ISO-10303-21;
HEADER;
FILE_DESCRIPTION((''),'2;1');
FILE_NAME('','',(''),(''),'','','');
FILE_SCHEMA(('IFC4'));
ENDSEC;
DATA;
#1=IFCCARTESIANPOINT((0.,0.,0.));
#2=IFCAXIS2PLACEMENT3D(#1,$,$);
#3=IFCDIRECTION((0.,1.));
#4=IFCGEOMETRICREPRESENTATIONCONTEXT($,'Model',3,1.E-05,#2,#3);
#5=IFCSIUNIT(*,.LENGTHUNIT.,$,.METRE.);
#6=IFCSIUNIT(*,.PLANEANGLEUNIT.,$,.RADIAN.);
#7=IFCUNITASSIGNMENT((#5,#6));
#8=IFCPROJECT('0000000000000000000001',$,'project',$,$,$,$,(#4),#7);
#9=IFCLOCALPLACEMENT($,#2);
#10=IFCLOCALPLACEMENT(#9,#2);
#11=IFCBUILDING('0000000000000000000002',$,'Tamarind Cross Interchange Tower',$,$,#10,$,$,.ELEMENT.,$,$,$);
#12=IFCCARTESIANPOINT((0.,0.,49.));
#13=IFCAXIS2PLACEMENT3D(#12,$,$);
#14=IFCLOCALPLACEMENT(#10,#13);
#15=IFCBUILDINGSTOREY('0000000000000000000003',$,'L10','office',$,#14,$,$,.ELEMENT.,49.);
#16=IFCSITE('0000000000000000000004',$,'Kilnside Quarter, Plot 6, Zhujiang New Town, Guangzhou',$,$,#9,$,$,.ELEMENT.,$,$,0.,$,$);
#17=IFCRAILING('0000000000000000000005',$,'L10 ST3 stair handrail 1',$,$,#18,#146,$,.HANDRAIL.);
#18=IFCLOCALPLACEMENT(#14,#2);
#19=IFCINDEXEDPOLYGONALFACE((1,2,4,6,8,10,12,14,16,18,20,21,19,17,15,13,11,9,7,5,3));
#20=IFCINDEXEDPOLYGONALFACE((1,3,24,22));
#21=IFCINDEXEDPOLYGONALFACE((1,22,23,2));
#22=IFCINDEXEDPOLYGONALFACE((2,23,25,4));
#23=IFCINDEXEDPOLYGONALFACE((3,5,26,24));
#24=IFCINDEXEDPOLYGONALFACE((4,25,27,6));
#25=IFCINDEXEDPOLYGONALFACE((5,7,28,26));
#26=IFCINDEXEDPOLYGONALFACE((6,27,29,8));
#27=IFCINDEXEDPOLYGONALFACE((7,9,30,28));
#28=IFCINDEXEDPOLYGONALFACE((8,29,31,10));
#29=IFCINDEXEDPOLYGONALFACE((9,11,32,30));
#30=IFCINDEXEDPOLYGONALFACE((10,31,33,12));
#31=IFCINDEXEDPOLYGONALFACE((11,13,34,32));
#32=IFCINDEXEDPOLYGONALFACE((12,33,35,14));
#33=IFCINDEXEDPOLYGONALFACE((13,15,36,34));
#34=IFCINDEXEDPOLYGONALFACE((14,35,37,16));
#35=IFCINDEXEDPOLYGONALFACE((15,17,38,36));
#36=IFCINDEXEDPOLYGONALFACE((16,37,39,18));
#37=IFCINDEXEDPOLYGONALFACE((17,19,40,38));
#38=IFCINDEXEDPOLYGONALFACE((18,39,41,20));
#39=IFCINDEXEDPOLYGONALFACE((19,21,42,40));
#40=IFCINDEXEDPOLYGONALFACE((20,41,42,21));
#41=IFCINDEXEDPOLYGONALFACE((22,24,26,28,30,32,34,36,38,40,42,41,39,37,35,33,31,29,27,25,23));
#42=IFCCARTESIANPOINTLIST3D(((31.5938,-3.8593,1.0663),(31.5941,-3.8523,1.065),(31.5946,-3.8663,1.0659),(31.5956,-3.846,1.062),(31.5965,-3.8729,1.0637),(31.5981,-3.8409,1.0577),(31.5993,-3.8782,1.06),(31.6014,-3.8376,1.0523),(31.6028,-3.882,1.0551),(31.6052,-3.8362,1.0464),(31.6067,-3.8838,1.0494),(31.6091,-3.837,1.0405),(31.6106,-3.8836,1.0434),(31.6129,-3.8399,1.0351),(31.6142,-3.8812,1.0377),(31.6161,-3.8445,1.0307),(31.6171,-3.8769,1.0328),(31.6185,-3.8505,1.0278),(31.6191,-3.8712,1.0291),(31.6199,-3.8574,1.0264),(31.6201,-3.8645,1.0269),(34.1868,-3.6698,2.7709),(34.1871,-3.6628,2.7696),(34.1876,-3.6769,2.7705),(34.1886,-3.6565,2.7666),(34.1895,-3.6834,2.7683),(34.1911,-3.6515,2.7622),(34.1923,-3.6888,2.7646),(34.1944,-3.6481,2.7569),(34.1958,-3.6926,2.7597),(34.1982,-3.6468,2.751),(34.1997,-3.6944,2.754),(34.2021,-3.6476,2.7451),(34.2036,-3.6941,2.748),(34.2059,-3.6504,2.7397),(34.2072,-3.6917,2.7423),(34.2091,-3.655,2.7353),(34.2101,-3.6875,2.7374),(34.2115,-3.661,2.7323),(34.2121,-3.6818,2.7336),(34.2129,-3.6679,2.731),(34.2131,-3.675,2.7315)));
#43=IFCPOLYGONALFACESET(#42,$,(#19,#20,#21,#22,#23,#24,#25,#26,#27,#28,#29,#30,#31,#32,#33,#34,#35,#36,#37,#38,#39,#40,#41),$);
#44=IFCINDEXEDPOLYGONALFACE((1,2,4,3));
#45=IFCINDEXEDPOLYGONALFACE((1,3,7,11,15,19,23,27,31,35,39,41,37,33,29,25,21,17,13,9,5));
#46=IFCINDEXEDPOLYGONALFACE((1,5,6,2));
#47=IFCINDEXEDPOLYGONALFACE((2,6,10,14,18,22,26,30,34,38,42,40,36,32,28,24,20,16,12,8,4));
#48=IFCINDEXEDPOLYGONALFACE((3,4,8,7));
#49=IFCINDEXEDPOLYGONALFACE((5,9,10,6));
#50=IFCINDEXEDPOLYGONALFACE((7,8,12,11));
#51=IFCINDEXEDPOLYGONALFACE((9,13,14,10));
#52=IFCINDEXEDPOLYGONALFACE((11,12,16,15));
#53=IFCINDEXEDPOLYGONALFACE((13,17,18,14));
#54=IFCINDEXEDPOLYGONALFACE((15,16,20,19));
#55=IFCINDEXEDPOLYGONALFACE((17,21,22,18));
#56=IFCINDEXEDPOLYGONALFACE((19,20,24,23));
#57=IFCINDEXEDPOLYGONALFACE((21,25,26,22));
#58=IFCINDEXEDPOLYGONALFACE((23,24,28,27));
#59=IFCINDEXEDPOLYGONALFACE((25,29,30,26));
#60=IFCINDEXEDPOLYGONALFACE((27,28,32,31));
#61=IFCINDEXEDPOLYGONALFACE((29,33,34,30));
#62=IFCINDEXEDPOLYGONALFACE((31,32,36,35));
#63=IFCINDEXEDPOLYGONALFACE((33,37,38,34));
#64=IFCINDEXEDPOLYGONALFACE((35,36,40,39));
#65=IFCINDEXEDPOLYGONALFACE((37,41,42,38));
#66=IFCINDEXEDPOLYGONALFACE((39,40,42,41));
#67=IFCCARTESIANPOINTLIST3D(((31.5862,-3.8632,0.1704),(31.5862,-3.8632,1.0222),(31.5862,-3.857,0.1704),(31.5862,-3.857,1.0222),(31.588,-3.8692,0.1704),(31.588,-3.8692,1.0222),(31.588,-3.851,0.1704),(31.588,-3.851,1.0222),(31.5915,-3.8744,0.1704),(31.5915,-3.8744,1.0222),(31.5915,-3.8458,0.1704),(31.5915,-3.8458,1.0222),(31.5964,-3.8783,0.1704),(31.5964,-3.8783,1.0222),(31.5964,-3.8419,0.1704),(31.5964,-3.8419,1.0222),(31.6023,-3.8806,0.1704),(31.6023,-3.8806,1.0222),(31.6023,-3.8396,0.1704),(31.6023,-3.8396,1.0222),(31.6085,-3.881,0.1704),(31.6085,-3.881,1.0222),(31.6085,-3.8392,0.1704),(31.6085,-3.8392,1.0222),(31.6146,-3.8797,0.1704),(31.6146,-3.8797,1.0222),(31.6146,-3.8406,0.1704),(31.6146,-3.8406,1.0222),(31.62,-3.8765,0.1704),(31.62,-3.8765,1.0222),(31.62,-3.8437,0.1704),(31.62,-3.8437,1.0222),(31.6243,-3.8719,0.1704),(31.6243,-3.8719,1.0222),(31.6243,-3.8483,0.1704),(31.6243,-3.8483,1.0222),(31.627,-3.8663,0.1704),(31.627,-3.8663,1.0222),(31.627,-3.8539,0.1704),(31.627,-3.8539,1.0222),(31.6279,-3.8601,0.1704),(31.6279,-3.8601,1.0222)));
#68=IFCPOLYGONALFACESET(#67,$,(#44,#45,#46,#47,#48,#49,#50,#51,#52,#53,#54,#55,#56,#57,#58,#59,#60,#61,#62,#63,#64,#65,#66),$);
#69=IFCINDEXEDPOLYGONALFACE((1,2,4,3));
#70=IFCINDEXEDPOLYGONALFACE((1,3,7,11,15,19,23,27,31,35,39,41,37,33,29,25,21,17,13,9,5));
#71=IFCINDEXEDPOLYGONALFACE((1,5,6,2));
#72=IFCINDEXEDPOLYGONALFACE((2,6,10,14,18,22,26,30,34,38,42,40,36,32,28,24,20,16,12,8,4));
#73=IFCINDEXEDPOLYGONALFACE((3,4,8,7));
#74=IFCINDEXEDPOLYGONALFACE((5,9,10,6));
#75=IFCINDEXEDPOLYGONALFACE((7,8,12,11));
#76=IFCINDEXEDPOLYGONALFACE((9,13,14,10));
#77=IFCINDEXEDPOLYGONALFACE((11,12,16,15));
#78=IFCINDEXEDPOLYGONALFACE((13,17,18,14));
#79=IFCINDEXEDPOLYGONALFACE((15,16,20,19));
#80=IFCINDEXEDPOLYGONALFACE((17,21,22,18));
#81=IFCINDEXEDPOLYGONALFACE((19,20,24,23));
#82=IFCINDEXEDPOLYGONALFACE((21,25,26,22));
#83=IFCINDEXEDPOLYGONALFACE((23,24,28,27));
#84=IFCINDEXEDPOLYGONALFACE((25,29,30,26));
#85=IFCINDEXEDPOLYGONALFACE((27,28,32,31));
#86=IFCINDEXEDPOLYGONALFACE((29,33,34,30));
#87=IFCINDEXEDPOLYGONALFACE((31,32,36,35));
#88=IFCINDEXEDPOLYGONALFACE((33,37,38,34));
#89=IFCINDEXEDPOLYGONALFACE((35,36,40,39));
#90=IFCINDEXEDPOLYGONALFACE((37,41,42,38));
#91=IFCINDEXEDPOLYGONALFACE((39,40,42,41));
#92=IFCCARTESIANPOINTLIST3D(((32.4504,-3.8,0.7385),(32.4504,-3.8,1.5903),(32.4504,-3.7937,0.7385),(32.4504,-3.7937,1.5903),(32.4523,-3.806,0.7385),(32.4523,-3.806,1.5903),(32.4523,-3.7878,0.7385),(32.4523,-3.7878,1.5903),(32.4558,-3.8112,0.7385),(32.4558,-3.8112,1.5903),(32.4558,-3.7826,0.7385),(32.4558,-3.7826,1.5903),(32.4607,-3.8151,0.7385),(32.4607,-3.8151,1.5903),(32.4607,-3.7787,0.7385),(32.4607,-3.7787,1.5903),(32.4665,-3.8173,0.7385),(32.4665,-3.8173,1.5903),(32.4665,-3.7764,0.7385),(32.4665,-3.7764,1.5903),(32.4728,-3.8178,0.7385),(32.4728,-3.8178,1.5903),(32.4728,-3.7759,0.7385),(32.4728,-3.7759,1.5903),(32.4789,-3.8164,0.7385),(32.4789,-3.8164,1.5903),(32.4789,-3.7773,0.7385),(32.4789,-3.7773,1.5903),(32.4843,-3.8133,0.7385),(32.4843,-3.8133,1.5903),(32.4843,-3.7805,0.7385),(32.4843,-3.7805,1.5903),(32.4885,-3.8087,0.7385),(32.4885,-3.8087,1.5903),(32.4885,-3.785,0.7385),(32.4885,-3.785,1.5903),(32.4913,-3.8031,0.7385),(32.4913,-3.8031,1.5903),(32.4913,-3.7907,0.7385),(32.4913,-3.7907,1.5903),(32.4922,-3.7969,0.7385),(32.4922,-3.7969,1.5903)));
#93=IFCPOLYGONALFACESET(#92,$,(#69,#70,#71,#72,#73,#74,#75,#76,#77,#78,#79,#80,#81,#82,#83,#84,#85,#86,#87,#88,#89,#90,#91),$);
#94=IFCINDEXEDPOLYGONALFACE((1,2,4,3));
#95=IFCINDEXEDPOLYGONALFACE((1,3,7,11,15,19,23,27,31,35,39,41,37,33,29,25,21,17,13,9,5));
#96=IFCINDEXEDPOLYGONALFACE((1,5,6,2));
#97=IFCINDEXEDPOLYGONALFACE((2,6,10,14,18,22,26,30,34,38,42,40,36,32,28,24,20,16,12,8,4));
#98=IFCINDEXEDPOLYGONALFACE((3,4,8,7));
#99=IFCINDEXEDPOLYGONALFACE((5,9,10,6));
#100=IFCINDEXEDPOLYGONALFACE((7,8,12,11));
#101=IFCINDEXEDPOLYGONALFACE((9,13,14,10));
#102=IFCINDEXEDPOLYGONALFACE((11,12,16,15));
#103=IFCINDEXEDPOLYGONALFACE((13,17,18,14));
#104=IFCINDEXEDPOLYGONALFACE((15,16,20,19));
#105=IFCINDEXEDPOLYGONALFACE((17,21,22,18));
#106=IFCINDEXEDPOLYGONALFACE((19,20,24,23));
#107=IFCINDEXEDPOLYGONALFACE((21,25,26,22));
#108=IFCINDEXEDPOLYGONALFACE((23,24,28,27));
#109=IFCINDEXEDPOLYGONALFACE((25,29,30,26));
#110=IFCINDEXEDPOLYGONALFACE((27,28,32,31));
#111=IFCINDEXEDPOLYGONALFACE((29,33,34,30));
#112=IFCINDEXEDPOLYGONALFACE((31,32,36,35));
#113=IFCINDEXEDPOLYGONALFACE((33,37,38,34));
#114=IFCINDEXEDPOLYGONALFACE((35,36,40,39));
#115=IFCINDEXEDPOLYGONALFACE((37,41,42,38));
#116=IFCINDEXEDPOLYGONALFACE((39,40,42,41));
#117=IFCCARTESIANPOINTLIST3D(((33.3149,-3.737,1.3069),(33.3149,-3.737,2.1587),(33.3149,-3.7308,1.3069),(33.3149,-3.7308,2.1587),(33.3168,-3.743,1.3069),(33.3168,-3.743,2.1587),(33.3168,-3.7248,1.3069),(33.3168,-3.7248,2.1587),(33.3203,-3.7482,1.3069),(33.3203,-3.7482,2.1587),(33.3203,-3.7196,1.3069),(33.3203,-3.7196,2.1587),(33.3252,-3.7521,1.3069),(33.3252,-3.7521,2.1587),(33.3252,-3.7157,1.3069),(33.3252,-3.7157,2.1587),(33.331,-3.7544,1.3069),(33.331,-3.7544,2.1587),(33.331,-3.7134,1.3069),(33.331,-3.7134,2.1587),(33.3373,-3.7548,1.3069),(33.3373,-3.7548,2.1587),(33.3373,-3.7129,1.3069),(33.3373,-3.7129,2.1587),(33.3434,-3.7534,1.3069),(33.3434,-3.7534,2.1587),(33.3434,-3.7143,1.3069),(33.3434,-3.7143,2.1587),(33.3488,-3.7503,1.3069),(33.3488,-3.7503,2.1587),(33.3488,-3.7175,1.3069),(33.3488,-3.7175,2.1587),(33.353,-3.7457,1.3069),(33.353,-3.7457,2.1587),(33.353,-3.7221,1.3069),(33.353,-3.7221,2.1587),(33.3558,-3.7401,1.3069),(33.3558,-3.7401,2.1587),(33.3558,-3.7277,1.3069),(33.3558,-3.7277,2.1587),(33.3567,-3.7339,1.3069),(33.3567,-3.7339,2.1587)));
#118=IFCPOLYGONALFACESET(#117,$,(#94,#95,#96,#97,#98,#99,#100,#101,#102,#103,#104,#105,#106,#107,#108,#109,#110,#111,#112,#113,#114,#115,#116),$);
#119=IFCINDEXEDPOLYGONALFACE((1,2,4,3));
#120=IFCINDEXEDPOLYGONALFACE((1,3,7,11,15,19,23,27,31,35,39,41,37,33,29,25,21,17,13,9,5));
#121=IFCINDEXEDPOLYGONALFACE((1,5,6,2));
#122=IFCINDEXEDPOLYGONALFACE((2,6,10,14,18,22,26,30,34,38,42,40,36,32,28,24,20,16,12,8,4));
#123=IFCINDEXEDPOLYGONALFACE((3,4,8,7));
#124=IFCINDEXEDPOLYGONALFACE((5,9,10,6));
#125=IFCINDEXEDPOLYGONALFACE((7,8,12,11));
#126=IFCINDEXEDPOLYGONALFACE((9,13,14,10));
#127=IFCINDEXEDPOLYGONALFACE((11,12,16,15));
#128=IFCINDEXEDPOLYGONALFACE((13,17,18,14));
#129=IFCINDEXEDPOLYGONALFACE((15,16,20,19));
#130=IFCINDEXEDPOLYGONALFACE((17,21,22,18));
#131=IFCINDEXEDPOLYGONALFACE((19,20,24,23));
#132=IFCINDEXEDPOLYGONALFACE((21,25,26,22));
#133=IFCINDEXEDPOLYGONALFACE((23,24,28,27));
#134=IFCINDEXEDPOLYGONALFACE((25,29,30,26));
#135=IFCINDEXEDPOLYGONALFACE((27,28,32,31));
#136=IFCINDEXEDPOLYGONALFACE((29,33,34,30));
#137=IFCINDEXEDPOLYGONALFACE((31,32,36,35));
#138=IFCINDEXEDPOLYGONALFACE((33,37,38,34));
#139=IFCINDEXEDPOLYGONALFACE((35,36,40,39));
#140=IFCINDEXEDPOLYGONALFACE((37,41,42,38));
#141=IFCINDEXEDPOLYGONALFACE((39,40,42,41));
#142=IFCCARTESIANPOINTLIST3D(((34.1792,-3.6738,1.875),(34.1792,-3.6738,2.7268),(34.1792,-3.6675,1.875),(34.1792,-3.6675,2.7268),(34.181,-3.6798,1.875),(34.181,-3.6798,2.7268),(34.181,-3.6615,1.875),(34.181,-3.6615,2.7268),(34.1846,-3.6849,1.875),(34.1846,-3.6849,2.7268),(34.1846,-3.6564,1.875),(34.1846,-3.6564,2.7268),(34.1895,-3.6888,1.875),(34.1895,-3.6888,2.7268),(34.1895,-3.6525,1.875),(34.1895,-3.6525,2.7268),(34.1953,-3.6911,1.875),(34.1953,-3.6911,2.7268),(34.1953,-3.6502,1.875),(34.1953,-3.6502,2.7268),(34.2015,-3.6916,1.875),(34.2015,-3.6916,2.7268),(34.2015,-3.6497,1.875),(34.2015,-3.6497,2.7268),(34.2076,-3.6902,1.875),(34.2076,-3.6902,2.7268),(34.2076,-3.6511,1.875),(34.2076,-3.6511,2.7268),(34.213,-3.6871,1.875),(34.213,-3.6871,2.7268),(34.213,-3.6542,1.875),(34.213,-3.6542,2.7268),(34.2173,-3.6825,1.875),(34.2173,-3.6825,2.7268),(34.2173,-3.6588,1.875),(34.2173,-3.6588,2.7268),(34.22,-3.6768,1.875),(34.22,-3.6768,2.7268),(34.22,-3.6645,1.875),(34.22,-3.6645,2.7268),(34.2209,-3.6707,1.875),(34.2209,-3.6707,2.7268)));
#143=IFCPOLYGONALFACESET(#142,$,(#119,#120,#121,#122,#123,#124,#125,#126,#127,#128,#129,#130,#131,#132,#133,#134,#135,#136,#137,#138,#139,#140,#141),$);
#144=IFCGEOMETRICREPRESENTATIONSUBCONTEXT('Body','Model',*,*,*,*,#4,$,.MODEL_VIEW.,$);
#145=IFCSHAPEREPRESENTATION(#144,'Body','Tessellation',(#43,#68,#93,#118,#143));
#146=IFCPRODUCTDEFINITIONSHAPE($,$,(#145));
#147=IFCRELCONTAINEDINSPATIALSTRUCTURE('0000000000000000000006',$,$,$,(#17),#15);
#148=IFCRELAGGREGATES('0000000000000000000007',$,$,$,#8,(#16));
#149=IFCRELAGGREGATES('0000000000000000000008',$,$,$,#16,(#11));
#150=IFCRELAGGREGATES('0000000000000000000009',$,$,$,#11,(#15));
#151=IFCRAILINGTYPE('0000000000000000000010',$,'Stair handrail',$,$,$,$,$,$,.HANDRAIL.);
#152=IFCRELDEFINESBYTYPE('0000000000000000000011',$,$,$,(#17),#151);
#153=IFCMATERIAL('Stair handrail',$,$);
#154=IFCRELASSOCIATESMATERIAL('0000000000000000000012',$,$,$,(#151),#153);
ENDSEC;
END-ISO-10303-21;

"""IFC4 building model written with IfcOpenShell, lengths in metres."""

from ifc_helpers import new_model, si_unit, direction, frame, origin, origin_2d, place, context, subcontext, project, spatial, circle, extrude, material, type_object, element, save


model = new_model("IFC4")

# Units and contexts
model_context = context("Model", 3, precision=1e-05, world=origin(), true_north=direction((0.0, 1.0)))
body_context = subcontext(model_context, "Body", "Model", "MODEL_VIEW")
ifc_project = project(units=[si_unit("LENGTHUNIT", "METRE"), si_unit("PLANEANGLEUNIT", "RADIAN")], contexts=[model_context])

# Site, building, storey
site_placement = place(None, origin())
site = spatial("IfcSite", under=ifc_project, at=site_placement, Name="Kilnside Quarter, Plot 6, Zhujiang New Town, Guangzhou", CompositionType="ELEMENT", RefElevation=0.0)
building_placement = place(site_placement, origin())
building = spatial("IfcBuilding", under=site, at=building_placement, Name="Tamarind Cross Interchange Tower", CompositionType="ELEMENT")
storey_placement = place(building_placement, frame((0.0, 0.0, 49.0)))
storey = spatial("IfcBuildingStorey", under=building, at=storey_placement, Name="L10", Description="office", CompositionType="ELEMENT", Elevation=49.0)

# Railing
ifc_material_1 = material(Name="Stair handrail")
railing_type_1 = type_object("IfcRailingType", Name="Stair handrail", PredefinedType="HANDRAIL", material=ifc_material_1)
railing_1_placement = place(storey_placement, frame((31.6069, -3.8601, 0.1704)))
element("IfcRailing", 1, at=railing_1_placement, inside=storey, type_object=railing_type_1, Name="L10 ST3 stair handrail 1", PredefinedType="HANDRAIL", context=body_context, shape_type="SweptSolid", body=[
    extrude(circle(Radius=0.0239, at=origin_2d()), frame((0.0, 0.0, 0.876), z_axis=(0.834063, 0.060939, 0.548294), x_axis=(-0.072869, 0.997342, 0.0)), (0.0, 0.0, 1.0), 3.1089),
    extrude(circle(Radius=0.021, at=origin_2d()), origin(), (0.0, 0.0, 1.0), 0.8518),
    extrude(circle(Radius=0.021, at=origin_2d()), frame((0.8643, 0.0632, 0.5681)), (0.0, 0.0, 1.0), 0.8518),
    extrude(circle(Radius=0.021, at=origin_2d()), frame((1.7288, 0.1262, 1.1365)), (0.0, 0.0, 1.0), 0.8518),
    extrude(circle(Radius=0.021, at=origin_2d()), frame((2.593, 0.1895, 1.7046)), (0.0, 0.0, 1.0), 0.8518),
])

save(model, "model.ifc")
